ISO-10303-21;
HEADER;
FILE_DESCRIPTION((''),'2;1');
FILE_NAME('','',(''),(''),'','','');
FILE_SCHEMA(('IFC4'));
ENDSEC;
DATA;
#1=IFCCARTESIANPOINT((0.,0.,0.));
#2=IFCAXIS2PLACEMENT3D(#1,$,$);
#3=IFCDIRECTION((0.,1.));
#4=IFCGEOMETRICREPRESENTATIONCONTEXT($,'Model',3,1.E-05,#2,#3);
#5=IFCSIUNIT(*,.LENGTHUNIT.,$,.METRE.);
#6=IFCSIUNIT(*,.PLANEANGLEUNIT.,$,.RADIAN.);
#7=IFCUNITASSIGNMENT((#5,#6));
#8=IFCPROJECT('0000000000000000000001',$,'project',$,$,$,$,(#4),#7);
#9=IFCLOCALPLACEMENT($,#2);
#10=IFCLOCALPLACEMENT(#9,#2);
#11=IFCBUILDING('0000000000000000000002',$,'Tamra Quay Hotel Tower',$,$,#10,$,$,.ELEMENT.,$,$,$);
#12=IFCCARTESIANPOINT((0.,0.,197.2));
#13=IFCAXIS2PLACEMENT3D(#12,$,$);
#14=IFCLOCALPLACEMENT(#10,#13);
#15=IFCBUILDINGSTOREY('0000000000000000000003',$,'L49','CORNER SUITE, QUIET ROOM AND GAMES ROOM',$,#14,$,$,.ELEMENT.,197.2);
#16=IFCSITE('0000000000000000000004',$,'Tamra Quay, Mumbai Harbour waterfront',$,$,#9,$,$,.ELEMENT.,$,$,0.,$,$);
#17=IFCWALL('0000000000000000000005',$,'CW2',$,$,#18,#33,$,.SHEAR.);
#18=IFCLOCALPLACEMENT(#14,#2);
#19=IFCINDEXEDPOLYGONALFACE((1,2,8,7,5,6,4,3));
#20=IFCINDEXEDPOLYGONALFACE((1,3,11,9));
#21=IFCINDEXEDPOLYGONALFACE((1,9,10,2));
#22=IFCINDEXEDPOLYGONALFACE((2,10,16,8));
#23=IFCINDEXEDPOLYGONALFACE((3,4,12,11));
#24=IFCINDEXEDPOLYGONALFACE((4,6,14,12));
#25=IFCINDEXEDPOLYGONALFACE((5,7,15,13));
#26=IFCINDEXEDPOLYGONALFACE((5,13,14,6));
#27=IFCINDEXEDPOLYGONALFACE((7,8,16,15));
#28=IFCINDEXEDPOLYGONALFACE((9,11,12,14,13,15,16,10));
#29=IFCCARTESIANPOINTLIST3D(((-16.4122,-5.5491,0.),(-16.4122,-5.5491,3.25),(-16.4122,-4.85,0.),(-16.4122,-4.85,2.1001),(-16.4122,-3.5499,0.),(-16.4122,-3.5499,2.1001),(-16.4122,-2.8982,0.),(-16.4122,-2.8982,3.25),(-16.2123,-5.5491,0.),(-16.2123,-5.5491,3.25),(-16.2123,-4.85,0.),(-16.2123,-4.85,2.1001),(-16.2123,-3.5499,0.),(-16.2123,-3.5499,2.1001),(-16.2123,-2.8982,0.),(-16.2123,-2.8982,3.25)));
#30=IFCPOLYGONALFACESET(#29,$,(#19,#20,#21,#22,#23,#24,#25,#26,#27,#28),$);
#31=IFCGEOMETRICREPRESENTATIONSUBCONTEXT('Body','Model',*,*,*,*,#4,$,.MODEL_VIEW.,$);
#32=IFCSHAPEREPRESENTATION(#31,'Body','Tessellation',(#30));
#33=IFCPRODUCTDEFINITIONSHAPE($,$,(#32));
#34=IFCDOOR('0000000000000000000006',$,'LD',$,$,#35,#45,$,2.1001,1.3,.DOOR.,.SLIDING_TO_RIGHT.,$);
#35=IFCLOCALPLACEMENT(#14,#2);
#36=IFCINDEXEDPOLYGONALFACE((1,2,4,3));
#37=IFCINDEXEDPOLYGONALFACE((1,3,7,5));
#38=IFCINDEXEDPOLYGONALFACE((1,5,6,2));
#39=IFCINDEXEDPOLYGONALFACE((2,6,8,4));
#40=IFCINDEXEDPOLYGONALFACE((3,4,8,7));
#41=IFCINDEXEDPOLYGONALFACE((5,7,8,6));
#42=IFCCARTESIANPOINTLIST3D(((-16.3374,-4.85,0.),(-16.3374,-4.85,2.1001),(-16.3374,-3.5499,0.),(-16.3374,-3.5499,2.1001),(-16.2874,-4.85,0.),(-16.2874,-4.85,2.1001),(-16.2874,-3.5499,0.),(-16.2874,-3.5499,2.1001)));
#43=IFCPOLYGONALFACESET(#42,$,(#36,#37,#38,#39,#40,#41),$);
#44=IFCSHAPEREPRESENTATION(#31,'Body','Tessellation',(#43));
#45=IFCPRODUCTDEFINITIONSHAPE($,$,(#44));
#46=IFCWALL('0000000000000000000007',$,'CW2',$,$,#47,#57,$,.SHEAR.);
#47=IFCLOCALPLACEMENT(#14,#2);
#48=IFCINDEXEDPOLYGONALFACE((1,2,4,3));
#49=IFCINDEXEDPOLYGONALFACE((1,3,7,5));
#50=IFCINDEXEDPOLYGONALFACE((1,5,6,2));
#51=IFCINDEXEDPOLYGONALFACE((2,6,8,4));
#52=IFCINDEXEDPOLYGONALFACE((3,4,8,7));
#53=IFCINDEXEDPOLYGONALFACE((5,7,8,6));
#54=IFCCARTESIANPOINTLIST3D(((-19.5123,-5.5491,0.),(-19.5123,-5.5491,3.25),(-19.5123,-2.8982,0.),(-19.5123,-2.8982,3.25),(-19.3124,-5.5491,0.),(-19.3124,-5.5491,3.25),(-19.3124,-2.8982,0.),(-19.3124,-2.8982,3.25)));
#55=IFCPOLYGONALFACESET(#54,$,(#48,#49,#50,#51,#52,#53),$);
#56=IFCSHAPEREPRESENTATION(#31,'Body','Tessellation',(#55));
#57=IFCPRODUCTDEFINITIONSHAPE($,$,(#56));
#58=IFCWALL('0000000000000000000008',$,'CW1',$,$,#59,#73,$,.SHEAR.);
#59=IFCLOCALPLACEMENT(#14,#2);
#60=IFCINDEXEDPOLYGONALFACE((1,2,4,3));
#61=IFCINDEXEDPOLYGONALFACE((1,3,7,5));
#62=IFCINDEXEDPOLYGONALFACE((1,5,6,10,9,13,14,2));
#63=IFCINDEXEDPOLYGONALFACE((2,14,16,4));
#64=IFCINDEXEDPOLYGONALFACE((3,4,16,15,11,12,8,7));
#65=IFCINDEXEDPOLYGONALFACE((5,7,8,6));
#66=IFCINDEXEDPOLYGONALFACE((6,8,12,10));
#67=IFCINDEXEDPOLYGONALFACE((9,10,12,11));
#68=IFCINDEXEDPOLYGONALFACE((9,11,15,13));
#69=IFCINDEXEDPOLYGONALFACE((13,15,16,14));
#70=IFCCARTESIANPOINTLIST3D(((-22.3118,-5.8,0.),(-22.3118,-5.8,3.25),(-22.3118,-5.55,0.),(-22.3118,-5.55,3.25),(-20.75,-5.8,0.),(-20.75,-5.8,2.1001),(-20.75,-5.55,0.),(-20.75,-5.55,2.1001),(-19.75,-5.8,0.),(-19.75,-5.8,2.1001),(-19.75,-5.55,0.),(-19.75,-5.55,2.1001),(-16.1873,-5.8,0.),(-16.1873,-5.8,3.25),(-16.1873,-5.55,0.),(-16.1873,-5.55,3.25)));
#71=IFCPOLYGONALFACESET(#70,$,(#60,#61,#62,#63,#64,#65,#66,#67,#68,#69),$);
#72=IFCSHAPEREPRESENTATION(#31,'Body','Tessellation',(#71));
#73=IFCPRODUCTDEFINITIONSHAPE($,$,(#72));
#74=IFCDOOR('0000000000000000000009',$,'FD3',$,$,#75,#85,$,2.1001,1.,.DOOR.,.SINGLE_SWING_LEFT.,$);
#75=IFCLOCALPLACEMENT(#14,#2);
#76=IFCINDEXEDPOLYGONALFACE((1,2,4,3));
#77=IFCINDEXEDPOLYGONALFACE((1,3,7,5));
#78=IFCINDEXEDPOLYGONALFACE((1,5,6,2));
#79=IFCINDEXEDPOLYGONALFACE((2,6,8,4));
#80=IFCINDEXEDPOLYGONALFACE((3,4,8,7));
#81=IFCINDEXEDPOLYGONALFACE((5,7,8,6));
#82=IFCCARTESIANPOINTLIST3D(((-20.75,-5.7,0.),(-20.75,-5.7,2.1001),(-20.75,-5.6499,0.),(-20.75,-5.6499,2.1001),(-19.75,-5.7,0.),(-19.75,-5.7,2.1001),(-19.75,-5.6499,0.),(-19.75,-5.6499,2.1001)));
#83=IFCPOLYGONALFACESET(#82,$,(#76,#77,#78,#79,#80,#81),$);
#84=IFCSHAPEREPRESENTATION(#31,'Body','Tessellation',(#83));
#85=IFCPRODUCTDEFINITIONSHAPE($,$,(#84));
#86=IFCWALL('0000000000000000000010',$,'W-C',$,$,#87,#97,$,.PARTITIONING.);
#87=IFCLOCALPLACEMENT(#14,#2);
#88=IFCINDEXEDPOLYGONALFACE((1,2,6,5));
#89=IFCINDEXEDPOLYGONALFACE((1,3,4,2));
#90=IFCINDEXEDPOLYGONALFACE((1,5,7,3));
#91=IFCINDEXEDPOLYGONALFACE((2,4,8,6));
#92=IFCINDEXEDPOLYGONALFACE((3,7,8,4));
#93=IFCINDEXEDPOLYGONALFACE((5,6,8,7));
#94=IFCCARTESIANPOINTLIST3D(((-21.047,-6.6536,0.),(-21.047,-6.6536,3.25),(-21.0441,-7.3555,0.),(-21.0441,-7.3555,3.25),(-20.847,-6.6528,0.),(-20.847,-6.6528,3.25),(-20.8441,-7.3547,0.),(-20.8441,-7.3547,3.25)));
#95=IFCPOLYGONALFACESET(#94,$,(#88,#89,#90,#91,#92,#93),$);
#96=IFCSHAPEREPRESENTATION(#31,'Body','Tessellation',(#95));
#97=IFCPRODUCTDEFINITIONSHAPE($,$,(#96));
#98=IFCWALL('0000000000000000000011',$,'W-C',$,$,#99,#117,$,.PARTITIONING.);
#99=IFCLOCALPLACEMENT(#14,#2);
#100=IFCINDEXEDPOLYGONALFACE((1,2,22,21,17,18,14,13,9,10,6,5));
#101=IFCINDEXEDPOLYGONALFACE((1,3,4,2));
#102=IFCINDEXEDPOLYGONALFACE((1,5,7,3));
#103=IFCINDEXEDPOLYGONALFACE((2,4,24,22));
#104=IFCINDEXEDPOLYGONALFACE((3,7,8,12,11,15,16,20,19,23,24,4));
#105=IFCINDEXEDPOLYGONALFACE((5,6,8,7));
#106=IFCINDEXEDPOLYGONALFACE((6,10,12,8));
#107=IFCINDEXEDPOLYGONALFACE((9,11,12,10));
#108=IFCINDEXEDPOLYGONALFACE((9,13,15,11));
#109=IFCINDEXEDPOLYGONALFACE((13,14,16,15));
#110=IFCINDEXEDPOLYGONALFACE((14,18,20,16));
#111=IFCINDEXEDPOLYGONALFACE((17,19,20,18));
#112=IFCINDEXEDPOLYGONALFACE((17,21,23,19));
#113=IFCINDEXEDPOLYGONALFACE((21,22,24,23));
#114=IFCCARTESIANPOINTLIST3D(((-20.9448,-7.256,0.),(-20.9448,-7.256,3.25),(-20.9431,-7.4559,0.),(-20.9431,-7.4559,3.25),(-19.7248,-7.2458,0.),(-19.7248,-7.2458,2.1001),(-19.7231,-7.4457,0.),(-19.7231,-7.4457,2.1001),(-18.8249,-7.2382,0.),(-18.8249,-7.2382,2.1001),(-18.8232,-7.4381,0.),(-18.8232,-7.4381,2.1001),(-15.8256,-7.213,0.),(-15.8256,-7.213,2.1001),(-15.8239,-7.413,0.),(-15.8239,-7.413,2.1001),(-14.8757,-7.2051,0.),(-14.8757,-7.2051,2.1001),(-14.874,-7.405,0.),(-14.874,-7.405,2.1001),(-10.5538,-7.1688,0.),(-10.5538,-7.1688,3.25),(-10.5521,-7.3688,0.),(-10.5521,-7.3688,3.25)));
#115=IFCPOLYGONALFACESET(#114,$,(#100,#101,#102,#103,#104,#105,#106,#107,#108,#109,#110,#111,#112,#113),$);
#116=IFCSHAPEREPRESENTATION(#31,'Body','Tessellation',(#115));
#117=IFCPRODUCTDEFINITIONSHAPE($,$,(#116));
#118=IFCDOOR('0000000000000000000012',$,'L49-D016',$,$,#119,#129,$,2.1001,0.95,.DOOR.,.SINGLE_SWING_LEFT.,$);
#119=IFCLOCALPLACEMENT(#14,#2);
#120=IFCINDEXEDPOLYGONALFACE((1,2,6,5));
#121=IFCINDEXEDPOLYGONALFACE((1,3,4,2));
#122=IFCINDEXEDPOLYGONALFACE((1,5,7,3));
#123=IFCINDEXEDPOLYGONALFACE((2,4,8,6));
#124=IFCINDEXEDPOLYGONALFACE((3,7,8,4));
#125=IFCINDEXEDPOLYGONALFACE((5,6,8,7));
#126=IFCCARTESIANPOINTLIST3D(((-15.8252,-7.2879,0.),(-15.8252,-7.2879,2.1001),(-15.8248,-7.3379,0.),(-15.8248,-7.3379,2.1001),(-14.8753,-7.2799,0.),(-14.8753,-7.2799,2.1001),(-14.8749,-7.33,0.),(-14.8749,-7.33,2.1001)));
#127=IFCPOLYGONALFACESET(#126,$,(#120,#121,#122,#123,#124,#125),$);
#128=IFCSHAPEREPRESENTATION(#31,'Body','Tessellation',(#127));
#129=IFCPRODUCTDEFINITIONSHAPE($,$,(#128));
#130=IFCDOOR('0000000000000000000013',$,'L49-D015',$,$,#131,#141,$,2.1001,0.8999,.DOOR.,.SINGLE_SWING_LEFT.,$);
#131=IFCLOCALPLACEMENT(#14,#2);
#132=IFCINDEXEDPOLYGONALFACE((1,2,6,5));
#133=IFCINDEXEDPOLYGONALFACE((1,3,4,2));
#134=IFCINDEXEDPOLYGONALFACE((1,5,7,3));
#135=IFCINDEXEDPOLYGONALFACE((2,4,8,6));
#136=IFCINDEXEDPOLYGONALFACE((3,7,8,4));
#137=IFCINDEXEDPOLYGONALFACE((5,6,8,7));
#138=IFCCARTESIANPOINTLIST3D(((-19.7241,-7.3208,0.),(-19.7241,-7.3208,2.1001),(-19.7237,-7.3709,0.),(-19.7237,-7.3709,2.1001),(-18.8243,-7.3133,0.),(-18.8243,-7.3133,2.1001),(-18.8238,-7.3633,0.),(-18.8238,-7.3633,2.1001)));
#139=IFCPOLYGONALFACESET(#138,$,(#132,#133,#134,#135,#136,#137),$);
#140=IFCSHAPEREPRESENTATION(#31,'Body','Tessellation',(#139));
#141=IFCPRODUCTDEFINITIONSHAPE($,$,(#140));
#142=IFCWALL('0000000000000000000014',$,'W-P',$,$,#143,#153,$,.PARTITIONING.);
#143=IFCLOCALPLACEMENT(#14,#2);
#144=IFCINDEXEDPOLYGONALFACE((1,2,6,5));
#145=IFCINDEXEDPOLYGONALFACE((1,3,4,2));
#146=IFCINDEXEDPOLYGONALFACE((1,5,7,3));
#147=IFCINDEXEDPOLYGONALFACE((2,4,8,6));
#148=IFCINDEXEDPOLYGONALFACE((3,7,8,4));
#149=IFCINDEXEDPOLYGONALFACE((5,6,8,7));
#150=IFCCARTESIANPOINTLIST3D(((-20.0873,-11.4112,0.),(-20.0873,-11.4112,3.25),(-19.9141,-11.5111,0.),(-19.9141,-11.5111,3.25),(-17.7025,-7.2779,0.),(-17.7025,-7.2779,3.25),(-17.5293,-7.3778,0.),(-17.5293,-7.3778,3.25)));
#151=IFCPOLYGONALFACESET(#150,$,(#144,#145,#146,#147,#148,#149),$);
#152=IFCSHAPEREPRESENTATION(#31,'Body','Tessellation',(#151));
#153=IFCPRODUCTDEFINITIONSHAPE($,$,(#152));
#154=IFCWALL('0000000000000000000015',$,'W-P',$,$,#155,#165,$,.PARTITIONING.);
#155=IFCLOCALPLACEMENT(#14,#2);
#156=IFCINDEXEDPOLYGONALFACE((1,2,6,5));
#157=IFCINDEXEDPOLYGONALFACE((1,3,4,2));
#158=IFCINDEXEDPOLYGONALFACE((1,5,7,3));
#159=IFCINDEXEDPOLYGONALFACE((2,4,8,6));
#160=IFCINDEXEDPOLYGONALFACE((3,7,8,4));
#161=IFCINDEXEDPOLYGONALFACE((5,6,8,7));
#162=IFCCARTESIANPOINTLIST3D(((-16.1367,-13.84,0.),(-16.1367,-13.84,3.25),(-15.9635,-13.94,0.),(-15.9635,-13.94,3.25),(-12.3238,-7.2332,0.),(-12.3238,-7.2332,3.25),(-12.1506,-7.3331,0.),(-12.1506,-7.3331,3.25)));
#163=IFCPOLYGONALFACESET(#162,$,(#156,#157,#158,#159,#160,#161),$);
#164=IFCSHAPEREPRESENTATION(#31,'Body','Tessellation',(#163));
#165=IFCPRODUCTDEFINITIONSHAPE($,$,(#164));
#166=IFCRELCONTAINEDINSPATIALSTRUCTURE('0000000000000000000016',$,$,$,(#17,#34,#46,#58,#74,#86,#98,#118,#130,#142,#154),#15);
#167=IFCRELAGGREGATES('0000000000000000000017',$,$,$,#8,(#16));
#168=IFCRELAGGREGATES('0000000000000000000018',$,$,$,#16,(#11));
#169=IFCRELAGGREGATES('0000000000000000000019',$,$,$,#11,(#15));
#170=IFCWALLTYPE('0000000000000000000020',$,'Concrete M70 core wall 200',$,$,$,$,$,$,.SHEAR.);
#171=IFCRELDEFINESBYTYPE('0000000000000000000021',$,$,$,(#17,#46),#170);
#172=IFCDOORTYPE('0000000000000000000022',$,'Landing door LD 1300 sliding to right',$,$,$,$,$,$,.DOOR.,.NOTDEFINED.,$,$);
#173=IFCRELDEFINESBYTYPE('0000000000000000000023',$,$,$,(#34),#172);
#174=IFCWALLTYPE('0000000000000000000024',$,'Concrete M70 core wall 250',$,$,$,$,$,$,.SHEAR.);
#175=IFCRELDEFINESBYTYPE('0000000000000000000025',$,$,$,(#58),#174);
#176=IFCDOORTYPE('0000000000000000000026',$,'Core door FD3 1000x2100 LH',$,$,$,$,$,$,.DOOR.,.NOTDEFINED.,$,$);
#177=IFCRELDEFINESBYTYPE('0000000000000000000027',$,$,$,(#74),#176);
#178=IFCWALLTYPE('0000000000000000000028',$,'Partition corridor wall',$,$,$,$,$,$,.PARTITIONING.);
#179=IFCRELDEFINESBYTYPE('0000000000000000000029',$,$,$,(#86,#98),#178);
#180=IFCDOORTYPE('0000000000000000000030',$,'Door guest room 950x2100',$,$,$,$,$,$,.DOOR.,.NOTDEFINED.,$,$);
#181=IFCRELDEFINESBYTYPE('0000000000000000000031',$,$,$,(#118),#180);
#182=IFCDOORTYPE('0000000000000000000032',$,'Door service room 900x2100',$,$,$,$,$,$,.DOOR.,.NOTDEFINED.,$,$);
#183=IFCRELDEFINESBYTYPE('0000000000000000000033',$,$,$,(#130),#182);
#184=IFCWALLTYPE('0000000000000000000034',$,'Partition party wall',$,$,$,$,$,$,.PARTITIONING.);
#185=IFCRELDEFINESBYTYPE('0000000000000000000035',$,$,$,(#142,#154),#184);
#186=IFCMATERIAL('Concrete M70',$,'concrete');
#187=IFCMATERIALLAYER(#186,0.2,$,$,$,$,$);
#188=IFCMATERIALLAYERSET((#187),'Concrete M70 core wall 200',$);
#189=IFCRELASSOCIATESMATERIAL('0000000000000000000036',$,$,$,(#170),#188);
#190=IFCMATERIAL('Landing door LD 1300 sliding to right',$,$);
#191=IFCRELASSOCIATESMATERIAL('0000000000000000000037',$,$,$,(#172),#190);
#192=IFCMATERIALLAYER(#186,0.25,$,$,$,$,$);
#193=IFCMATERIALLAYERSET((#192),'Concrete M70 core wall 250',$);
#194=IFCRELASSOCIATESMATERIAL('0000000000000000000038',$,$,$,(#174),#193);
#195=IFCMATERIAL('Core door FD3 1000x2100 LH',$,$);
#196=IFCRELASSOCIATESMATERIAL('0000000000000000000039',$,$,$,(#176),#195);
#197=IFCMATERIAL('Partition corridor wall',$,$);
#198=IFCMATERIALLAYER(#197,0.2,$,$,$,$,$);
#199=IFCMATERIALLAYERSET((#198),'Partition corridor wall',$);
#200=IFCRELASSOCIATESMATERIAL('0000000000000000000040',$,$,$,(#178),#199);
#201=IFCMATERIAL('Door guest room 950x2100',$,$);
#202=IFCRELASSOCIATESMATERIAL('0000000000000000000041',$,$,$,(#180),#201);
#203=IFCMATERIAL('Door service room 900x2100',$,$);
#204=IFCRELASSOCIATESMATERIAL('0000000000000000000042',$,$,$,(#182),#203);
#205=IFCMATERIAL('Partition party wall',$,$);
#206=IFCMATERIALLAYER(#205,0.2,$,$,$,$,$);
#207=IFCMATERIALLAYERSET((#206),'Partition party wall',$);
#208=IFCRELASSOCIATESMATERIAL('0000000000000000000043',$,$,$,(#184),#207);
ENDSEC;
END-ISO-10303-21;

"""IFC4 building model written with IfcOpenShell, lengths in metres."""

from ifc_helpers import new_model, si_unit, direction, frame, frame_2d, origin, place, context, subcontext, project, spatial, rectangle, extrude, material, layer, layer_set, type_object, element, fill, save


model = new_model("IFC4")

# Units and contexts
model_context = context("Model", 3, precision=1e-05, world=origin(), true_north=direction((0.0, 1.0)))
body_context = subcontext(model_context, "Body", "Model", "MODEL_VIEW")
ifc_project = project(units=[si_unit("LENGTHUNIT", "METRE"), si_unit("PLANEANGLEUNIT", "RADIAN")], contexts=[model_context])

# Site, building, storey
site_placement = place(None, origin())
site = spatial("IfcSite", under=ifc_project, at=site_placement, Name="Tamra Quay, Mumbai Harbour waterfront", CompositionType="ELEMENT", RefElevation=0.0)
building_placement = place(site_placement, origin())
building = spatial("IfcBuilding", under=site, at=building_placement, Name="Tamra Quay Hotel Tower", CompositionType="ELEMENT")
storey_placement = place(building_placement, frame((0.0, 0.0, 197.2)))
storey = spatial("IfcBuildingStorey", under=building, at=storey_placement, Name="L49", Description="CORNER SUITE, QUIET ROOM AND GAMES ROOM", CompositionType="ELEMENT", Elevation=197.2)

# Shared definitions
ifc_material_1 = material(Name="Concrete M70", Category="concrete")

# Shared definitions
ifc_layer_1 = layer(ifc_material_1, 0.2)
ifc_layer_set_1 = layer_set([ifc_layer_1], Name="Concrete M70 core wall 200")
wall_type_1 = type_object("IfcWallType", Name="Concrete M70 core wall 200", PredefinedType="SHEAR", material=ifc_layer_set_1)

# Wall, opening, door
wall_1_placement = place(storey_placement, frame((-16.3123, -2.8982, 0.0), z_axis=(0.0, 0.0, 1.0), x_axis=(0.0, -1.0, 0.0)))
wall_1 = element("IfcWall", 1, at=wall_1_placement, inside=storey, type_object=wall_type_1, Name="CW2", PredefinedType="SHEAR", context=body_context, shape_type="SweptSolid", body=[
    extrude(rectangle(XDim=2.6509, YDim=0.2, at=frame_2d((1.3254, 0.0))), origin(), (0.0, 0.0, 1.0), 3.25),
])
opening_1_placement = place(wall_1_placement, frame((0.6519, 0.0, 0.0)))
opening_1 = element("IfcOpeningElement", 2, at=opening_1_placement, cuts=wall_1, PredefinedType="OPENING", context=body_context, shape_type="SweptSolid", body=[
    extrude(rectangle(XDim=1.3, YDim=2.1001, at=frame_2d((0.6499, 1.05))), frame((0.0, 0.1099, 0.0), z_axis=(0.0, -1.0, 0.0), x_axis=(1.0, 0.0, 0.0)), (0.0, 0.0, 1.0), 0.22),
])
ifc_material_2 = material(Name="Landing door LD 1300 sliding to right")
door_type_1 = type_object("IfcDoorType", Name="Landing door LD 1300 sliding to right", OperationType="NOTDEFINED", PredefinedType="DOOR", material=ifc_material_2)
door_1_placement = place(opening_1_placement, origin())
door_1 = element("IfcDoor", 3, at=door_1_placement, inside=storey, type_object=door_type_1, Name="LD", OperationType="SLIDING_TO_RIGHT", OverallHeight=2.1001, OverallWidth=1.3, PredefinedType="DOOR", context=body_context, shape_type="SweptSolid", body=[
    extrude(rectangle(XDim=1.3, YDim=2.1001, at=frame_2d((0.6499, 1.05))), frame((0.0, 0.0249, 0.0), z_axis=(0.0, -1.0, 0.0), x_axis=(1.0, 0.0, 0.0)), (0.0, 0.0, 1.0), 0.05),
])
fill(opening_1, door_1)

# Wall
wall_2_placement = place(storey_placement, frame((-19.4124, -5.5491, 0.0), z_axis=(0.0, 0.0, 1.0), x_axis=(0.0, 1.0, 0.0)))
element("IfcWall", 4, at=wall_2_placement, inside=storey, type_object=wall_type_1, Name="CW2", PredefinedType="SHEAR", context=body_context, shape_type="SweptSolid", body=[
    extrude(rectangle(XDim=2.6509, YDim=0.2, at=frame_2d((1.3254, 0.0))), origin(), (0.0, 0.0, 1.0), 3.25),
])

# Wall, opening, door
ifc_layer_2 = layer(ifc_material_1, 0.25)
ifc_layer_set_2 = layer_set([ifc_layer_2], Name="Concrete M70 core wall 250")
wall_type_2 = type_object("IfcWallType", Name="Concrete M70 core wall 250", PredefinedType="SHEAR", material=ifc_layer_set_2)
wall_3_placement = place(storey_placement, frame((-16.1873, -5.675, 0.0), z_axis=(0.0, 0.0, 1.0), x_axis=(-1.0, 0.0, 0.0)))
wall_3 = element("IfcWall", 5, at=wall_3_placement, inside=storey, type_object=wall_type_2, Name="CW1", PredefinedType="SHEAR", context=body_context, shape_type="SweptSolid", body=[
    extrude(rectangle(XDim=6.1245, YDim=0.25, at=frame_2d((3.0623, 0.0))), origin(), (0.0, 0.0, 1.0), 3.25),
])
opening_2_placement = place(wall_3_placement, frame((3.5627, 0.0, 0.0)))
opening_2 = element("IfcOpeningElement", 6, at=opening_2_placement, cuts=wall_3, PredefinedType="OPENING", context=body_context, shape_type="SweptSolid", body=[
    extrude(rectangle(XDim=1.0, YDim=2.1001, at=frame_2d((0.5, 1.05))), frame((0.0, 0.135, 0.0), z_axis=(0.0, -1.0, 0.0), x_axis=(1.0, 0.0, 0.0)), (0.0, 0.0, 1.0), 0.27),
])
ifc_material_3 = material(Name="Core door FD3 1000x2100 LH")
door_type_2 = type_object("IfcDoorType", Name="Core door FD3 1000x2100 LH", OperationType="NOTDEFINED", PredefinedType="DOOR", material=ifc_material_3)
door_2_placement = place(opening_2_placement, origin())
door_2 = element("IfcDoor", 7, at=door_2_placement, inside=storey, type_object=door_type_2, Name="FD3", OperationType="SINGLE_SWING_LEFT", OverallHeight=2.1001, OverallWidth=1.0, PredefinedType="DOOR", context=body_context, shape_type="SweptSolid", body=[
    extrude(rectangle(XDim=1.0, YDim=2.1001, at=frame_2d((0.5, 1.05))), frame((0.0, 0.0249, 0.0), z_axis=(0.0, -1.0, 0.0), x_axis=(1.0, 0.0, 0.0)), (0.0, 0.0, 1.0), 0.05),
])
fill(opening_2, door_2)

# Wall
ifc_material_4 = material(Name="Partition corridor wall")
ifc_layer_3 = layer(ifc_material_4, 0.2)
ifc_layer_set_3 = layer_set([ifc_layer_3], Name="Partition corridor wall")
wall_type_3 = type_object("IfcWallType", Name="Partition corridor wall", PredefinedType="PARTITIONING", material=ifc_layer_set_3)
wall_4_placement = place(storey_placement, frame((-20.947, -6.6531, 0.0), z_axis=(0.0, 0.0, 1.0), x_axis=(0.004174, -0.999991, 0.0)))
element("IfcWall", 8, at=wall_4_placement, inside=storey, type_object=wall_type_3, Name="W-C", PredefinedType="PARTITIONING", context=body_context, shape_type="SweptSolid", body=[
    extrude(rectangle(XDim=0.7019, YDim=0.2, at=frame_2d((0.3511, 0.0))), origin(), (0.0, 0.0, 1.0), 3.25),
])

# Wall, openings, doors
wall_5_placement = place(storey_placement, frame((-20.9441, -7.356, 0.0), z_axis=(0.0, 0.0, 1.0), x_axis=(0.999965, 0.008387, 0.0)))
wall_5 = element("IfcWall", 9, at=wall_5_placement, inside=storey, type_object=wall_type_3, Name="W-C", PredefinedType="PARTITIONING", context=body_context, shape_type="SweptSolid", body=[
    extrude(rectangle(XDim=10.3914, YDim=0.2, at=frame_2d((5.1958, 0.0))), origin(), (0.0, 0.0, 1.0), 3.25),
])
opening_3_placement = place(wall_5_placement, frame((1.2202, 0.0, 0.0)))
opening_3 = element("IfcOpeningElement", 10, at=opening_3_placement, cuts=wall_5, PredefinedType="OPENING", context=body_context, shape_type="SweptSolid", body=[
    extrude(rectangle(XDim=0.8999, YDim=2.1001, at=frame_2d((0.45, 1.05))), frame((0.0, 0.1099, 0.0), z_axis=(0.0, -1.0, 0.0), x_axis=(1.0, 0.0, 0.0)), (0.0, 0.0, 1.0), 0.22),
])
opening_4_placement = place(wall_5_placement, frame((5.1194, 0.0, 0.0)))
opening_4 = element("IfcOpeningElement", 11, at=opening_4_placement, cuts=wall_5, PredefinedType="OPENING", context=body_context, shape_type="SweptSolid", body=[
    extrude(rectangle(XDim=0.95, YDim=2.1001, at=frame_2d((0.4751, 1.05))), frame((0.0, 0.1099, 0.0), z_axis=(0.0, -1.0, 0.0), x_axis=(1.0, 0.0, 0.0)), (0.0, 0.0, 1.0), 0.22),
])
ifc_material_5 = material(Name="Door guest room 950x2100")
door_type_3 = type_object("IfcDoorType", Name="Door guest room 950x2100", OperationType="NOTDEFINED", PredefinedType="DOOR", material=ifc_material_5)
door_3_placement = place(opening_4_placement, frame((0.95, 0.0, 0.0), z_axis=(0.0, 0.0, 1.0), x_axis=(-1.0, 0.0, 0.0)))
door_3 = element("IfcDoor", 12, at=door_3_placement, inside=storey, type_object=door_type_3, Name="L49-D016", OperationType="SINGLE_SWING_LEFT", OverallHeight=2.1001, OverallWidth=0.95, PredefinedType="DOOR", context=body_context, shape_type="SweptSolid", body=[
    extrude(rectangle(XDim=0.95, YDim=2.1001, at=frame_2d((0.4751, 1.05))), frame((0.0, 0.0249, 0.0), z_axis=(0.0, -1.0, 0.0), x_axis=(1.0, 0.0, 0.0)), (0.0, 0.0, 1.0), 0.05),
])
fill(opening_4, door_3)
ifc_material_6 = material(Name="Door service room 900x2100")
door_type_4 = type_object("IfcDoorType", Name="Door service room 900x2100", OperationType="NOTDEFINED", PredefinedType="DOOR", material=ifc_material_6)
door_4_placement = place(opening_3_placement, origin())
door_4 = element("IfcDoor", 13, at=door_4_placement, inside=storey, type_object=door_type_4, Name="L49-D015", OperationType="SINGLE_SWING_LEFT", OverallHeight=2.1001, OverallWidth=0.8999, PredefinedType="DOOR", context=body_context, shape_type="SweptSolid", body=[
    extrude(rectangle(XDim=0.8999, YDim=2.1001, at=frame_2d((0.45, 1.05))), frame((0.0, 0.0249, 0.0), z_axis=(0.0, -1.0, 0.0), x_axis=(1.0, 0.0, 0.0)), (0.0, 0.0, 1.0), 0.05),
])
fill(opening_3, door_4)

# Walls
ifc_material_7 = material(Name="Partition party wall")
ifc_layer_4 = layer(ifc_material_7, 0.2)
ifc_layer_set_4 = layer_set([ifc_layer_4], Name="Partition party wall")
wall_type_4 = type_object("IfcWallType", Name="Partition party wall", PredefinedType="PARTITIONING", material=ifc_layer_set_4)
wall_6_placement = place(storey_placement, frame((-20.0007, -11.4612, 0.0), z_axis=(0.0, 0.0, 1.0), x_axis=(0.499749, 0.86617, 0.0)))
element("IfcWall", 14, at=wall_6_placement, inside=storey, type_object=wall_type_4, Name="W-P", PredefinedType="PARTITIONING", context=body_context, shape_type="SweptSolid", body=[
    extrude(rectangle(XDim=4.772, YDim=0.2, at=frame_2d((2.386, 0.0))), origin(), (0.0, 0.0, 1.0), 3.25),
])
wall_7_placement = place(storey_placement, frame((-16.05, -13.8899, 0.0), z_axis=(0.0, 0.0, 1.0), x_axis=(0.49985, 0.866112, 0.0)))
element("IfcWall", 15, at=wall_7_placement, inside=storey, type_object=wall_type_4, Name="W-P", PredefinedType="PARTITIONING", context=body_context, shape_type="SweptSolid", body=[
    extrude(rectangle(XDim=7.6282, YDim=0.2, at=frame_2d((3.814, 0.0))), origin(), (0.0, 0.0, 1.0), 3.25),
])

save(model, "model.ifc")
